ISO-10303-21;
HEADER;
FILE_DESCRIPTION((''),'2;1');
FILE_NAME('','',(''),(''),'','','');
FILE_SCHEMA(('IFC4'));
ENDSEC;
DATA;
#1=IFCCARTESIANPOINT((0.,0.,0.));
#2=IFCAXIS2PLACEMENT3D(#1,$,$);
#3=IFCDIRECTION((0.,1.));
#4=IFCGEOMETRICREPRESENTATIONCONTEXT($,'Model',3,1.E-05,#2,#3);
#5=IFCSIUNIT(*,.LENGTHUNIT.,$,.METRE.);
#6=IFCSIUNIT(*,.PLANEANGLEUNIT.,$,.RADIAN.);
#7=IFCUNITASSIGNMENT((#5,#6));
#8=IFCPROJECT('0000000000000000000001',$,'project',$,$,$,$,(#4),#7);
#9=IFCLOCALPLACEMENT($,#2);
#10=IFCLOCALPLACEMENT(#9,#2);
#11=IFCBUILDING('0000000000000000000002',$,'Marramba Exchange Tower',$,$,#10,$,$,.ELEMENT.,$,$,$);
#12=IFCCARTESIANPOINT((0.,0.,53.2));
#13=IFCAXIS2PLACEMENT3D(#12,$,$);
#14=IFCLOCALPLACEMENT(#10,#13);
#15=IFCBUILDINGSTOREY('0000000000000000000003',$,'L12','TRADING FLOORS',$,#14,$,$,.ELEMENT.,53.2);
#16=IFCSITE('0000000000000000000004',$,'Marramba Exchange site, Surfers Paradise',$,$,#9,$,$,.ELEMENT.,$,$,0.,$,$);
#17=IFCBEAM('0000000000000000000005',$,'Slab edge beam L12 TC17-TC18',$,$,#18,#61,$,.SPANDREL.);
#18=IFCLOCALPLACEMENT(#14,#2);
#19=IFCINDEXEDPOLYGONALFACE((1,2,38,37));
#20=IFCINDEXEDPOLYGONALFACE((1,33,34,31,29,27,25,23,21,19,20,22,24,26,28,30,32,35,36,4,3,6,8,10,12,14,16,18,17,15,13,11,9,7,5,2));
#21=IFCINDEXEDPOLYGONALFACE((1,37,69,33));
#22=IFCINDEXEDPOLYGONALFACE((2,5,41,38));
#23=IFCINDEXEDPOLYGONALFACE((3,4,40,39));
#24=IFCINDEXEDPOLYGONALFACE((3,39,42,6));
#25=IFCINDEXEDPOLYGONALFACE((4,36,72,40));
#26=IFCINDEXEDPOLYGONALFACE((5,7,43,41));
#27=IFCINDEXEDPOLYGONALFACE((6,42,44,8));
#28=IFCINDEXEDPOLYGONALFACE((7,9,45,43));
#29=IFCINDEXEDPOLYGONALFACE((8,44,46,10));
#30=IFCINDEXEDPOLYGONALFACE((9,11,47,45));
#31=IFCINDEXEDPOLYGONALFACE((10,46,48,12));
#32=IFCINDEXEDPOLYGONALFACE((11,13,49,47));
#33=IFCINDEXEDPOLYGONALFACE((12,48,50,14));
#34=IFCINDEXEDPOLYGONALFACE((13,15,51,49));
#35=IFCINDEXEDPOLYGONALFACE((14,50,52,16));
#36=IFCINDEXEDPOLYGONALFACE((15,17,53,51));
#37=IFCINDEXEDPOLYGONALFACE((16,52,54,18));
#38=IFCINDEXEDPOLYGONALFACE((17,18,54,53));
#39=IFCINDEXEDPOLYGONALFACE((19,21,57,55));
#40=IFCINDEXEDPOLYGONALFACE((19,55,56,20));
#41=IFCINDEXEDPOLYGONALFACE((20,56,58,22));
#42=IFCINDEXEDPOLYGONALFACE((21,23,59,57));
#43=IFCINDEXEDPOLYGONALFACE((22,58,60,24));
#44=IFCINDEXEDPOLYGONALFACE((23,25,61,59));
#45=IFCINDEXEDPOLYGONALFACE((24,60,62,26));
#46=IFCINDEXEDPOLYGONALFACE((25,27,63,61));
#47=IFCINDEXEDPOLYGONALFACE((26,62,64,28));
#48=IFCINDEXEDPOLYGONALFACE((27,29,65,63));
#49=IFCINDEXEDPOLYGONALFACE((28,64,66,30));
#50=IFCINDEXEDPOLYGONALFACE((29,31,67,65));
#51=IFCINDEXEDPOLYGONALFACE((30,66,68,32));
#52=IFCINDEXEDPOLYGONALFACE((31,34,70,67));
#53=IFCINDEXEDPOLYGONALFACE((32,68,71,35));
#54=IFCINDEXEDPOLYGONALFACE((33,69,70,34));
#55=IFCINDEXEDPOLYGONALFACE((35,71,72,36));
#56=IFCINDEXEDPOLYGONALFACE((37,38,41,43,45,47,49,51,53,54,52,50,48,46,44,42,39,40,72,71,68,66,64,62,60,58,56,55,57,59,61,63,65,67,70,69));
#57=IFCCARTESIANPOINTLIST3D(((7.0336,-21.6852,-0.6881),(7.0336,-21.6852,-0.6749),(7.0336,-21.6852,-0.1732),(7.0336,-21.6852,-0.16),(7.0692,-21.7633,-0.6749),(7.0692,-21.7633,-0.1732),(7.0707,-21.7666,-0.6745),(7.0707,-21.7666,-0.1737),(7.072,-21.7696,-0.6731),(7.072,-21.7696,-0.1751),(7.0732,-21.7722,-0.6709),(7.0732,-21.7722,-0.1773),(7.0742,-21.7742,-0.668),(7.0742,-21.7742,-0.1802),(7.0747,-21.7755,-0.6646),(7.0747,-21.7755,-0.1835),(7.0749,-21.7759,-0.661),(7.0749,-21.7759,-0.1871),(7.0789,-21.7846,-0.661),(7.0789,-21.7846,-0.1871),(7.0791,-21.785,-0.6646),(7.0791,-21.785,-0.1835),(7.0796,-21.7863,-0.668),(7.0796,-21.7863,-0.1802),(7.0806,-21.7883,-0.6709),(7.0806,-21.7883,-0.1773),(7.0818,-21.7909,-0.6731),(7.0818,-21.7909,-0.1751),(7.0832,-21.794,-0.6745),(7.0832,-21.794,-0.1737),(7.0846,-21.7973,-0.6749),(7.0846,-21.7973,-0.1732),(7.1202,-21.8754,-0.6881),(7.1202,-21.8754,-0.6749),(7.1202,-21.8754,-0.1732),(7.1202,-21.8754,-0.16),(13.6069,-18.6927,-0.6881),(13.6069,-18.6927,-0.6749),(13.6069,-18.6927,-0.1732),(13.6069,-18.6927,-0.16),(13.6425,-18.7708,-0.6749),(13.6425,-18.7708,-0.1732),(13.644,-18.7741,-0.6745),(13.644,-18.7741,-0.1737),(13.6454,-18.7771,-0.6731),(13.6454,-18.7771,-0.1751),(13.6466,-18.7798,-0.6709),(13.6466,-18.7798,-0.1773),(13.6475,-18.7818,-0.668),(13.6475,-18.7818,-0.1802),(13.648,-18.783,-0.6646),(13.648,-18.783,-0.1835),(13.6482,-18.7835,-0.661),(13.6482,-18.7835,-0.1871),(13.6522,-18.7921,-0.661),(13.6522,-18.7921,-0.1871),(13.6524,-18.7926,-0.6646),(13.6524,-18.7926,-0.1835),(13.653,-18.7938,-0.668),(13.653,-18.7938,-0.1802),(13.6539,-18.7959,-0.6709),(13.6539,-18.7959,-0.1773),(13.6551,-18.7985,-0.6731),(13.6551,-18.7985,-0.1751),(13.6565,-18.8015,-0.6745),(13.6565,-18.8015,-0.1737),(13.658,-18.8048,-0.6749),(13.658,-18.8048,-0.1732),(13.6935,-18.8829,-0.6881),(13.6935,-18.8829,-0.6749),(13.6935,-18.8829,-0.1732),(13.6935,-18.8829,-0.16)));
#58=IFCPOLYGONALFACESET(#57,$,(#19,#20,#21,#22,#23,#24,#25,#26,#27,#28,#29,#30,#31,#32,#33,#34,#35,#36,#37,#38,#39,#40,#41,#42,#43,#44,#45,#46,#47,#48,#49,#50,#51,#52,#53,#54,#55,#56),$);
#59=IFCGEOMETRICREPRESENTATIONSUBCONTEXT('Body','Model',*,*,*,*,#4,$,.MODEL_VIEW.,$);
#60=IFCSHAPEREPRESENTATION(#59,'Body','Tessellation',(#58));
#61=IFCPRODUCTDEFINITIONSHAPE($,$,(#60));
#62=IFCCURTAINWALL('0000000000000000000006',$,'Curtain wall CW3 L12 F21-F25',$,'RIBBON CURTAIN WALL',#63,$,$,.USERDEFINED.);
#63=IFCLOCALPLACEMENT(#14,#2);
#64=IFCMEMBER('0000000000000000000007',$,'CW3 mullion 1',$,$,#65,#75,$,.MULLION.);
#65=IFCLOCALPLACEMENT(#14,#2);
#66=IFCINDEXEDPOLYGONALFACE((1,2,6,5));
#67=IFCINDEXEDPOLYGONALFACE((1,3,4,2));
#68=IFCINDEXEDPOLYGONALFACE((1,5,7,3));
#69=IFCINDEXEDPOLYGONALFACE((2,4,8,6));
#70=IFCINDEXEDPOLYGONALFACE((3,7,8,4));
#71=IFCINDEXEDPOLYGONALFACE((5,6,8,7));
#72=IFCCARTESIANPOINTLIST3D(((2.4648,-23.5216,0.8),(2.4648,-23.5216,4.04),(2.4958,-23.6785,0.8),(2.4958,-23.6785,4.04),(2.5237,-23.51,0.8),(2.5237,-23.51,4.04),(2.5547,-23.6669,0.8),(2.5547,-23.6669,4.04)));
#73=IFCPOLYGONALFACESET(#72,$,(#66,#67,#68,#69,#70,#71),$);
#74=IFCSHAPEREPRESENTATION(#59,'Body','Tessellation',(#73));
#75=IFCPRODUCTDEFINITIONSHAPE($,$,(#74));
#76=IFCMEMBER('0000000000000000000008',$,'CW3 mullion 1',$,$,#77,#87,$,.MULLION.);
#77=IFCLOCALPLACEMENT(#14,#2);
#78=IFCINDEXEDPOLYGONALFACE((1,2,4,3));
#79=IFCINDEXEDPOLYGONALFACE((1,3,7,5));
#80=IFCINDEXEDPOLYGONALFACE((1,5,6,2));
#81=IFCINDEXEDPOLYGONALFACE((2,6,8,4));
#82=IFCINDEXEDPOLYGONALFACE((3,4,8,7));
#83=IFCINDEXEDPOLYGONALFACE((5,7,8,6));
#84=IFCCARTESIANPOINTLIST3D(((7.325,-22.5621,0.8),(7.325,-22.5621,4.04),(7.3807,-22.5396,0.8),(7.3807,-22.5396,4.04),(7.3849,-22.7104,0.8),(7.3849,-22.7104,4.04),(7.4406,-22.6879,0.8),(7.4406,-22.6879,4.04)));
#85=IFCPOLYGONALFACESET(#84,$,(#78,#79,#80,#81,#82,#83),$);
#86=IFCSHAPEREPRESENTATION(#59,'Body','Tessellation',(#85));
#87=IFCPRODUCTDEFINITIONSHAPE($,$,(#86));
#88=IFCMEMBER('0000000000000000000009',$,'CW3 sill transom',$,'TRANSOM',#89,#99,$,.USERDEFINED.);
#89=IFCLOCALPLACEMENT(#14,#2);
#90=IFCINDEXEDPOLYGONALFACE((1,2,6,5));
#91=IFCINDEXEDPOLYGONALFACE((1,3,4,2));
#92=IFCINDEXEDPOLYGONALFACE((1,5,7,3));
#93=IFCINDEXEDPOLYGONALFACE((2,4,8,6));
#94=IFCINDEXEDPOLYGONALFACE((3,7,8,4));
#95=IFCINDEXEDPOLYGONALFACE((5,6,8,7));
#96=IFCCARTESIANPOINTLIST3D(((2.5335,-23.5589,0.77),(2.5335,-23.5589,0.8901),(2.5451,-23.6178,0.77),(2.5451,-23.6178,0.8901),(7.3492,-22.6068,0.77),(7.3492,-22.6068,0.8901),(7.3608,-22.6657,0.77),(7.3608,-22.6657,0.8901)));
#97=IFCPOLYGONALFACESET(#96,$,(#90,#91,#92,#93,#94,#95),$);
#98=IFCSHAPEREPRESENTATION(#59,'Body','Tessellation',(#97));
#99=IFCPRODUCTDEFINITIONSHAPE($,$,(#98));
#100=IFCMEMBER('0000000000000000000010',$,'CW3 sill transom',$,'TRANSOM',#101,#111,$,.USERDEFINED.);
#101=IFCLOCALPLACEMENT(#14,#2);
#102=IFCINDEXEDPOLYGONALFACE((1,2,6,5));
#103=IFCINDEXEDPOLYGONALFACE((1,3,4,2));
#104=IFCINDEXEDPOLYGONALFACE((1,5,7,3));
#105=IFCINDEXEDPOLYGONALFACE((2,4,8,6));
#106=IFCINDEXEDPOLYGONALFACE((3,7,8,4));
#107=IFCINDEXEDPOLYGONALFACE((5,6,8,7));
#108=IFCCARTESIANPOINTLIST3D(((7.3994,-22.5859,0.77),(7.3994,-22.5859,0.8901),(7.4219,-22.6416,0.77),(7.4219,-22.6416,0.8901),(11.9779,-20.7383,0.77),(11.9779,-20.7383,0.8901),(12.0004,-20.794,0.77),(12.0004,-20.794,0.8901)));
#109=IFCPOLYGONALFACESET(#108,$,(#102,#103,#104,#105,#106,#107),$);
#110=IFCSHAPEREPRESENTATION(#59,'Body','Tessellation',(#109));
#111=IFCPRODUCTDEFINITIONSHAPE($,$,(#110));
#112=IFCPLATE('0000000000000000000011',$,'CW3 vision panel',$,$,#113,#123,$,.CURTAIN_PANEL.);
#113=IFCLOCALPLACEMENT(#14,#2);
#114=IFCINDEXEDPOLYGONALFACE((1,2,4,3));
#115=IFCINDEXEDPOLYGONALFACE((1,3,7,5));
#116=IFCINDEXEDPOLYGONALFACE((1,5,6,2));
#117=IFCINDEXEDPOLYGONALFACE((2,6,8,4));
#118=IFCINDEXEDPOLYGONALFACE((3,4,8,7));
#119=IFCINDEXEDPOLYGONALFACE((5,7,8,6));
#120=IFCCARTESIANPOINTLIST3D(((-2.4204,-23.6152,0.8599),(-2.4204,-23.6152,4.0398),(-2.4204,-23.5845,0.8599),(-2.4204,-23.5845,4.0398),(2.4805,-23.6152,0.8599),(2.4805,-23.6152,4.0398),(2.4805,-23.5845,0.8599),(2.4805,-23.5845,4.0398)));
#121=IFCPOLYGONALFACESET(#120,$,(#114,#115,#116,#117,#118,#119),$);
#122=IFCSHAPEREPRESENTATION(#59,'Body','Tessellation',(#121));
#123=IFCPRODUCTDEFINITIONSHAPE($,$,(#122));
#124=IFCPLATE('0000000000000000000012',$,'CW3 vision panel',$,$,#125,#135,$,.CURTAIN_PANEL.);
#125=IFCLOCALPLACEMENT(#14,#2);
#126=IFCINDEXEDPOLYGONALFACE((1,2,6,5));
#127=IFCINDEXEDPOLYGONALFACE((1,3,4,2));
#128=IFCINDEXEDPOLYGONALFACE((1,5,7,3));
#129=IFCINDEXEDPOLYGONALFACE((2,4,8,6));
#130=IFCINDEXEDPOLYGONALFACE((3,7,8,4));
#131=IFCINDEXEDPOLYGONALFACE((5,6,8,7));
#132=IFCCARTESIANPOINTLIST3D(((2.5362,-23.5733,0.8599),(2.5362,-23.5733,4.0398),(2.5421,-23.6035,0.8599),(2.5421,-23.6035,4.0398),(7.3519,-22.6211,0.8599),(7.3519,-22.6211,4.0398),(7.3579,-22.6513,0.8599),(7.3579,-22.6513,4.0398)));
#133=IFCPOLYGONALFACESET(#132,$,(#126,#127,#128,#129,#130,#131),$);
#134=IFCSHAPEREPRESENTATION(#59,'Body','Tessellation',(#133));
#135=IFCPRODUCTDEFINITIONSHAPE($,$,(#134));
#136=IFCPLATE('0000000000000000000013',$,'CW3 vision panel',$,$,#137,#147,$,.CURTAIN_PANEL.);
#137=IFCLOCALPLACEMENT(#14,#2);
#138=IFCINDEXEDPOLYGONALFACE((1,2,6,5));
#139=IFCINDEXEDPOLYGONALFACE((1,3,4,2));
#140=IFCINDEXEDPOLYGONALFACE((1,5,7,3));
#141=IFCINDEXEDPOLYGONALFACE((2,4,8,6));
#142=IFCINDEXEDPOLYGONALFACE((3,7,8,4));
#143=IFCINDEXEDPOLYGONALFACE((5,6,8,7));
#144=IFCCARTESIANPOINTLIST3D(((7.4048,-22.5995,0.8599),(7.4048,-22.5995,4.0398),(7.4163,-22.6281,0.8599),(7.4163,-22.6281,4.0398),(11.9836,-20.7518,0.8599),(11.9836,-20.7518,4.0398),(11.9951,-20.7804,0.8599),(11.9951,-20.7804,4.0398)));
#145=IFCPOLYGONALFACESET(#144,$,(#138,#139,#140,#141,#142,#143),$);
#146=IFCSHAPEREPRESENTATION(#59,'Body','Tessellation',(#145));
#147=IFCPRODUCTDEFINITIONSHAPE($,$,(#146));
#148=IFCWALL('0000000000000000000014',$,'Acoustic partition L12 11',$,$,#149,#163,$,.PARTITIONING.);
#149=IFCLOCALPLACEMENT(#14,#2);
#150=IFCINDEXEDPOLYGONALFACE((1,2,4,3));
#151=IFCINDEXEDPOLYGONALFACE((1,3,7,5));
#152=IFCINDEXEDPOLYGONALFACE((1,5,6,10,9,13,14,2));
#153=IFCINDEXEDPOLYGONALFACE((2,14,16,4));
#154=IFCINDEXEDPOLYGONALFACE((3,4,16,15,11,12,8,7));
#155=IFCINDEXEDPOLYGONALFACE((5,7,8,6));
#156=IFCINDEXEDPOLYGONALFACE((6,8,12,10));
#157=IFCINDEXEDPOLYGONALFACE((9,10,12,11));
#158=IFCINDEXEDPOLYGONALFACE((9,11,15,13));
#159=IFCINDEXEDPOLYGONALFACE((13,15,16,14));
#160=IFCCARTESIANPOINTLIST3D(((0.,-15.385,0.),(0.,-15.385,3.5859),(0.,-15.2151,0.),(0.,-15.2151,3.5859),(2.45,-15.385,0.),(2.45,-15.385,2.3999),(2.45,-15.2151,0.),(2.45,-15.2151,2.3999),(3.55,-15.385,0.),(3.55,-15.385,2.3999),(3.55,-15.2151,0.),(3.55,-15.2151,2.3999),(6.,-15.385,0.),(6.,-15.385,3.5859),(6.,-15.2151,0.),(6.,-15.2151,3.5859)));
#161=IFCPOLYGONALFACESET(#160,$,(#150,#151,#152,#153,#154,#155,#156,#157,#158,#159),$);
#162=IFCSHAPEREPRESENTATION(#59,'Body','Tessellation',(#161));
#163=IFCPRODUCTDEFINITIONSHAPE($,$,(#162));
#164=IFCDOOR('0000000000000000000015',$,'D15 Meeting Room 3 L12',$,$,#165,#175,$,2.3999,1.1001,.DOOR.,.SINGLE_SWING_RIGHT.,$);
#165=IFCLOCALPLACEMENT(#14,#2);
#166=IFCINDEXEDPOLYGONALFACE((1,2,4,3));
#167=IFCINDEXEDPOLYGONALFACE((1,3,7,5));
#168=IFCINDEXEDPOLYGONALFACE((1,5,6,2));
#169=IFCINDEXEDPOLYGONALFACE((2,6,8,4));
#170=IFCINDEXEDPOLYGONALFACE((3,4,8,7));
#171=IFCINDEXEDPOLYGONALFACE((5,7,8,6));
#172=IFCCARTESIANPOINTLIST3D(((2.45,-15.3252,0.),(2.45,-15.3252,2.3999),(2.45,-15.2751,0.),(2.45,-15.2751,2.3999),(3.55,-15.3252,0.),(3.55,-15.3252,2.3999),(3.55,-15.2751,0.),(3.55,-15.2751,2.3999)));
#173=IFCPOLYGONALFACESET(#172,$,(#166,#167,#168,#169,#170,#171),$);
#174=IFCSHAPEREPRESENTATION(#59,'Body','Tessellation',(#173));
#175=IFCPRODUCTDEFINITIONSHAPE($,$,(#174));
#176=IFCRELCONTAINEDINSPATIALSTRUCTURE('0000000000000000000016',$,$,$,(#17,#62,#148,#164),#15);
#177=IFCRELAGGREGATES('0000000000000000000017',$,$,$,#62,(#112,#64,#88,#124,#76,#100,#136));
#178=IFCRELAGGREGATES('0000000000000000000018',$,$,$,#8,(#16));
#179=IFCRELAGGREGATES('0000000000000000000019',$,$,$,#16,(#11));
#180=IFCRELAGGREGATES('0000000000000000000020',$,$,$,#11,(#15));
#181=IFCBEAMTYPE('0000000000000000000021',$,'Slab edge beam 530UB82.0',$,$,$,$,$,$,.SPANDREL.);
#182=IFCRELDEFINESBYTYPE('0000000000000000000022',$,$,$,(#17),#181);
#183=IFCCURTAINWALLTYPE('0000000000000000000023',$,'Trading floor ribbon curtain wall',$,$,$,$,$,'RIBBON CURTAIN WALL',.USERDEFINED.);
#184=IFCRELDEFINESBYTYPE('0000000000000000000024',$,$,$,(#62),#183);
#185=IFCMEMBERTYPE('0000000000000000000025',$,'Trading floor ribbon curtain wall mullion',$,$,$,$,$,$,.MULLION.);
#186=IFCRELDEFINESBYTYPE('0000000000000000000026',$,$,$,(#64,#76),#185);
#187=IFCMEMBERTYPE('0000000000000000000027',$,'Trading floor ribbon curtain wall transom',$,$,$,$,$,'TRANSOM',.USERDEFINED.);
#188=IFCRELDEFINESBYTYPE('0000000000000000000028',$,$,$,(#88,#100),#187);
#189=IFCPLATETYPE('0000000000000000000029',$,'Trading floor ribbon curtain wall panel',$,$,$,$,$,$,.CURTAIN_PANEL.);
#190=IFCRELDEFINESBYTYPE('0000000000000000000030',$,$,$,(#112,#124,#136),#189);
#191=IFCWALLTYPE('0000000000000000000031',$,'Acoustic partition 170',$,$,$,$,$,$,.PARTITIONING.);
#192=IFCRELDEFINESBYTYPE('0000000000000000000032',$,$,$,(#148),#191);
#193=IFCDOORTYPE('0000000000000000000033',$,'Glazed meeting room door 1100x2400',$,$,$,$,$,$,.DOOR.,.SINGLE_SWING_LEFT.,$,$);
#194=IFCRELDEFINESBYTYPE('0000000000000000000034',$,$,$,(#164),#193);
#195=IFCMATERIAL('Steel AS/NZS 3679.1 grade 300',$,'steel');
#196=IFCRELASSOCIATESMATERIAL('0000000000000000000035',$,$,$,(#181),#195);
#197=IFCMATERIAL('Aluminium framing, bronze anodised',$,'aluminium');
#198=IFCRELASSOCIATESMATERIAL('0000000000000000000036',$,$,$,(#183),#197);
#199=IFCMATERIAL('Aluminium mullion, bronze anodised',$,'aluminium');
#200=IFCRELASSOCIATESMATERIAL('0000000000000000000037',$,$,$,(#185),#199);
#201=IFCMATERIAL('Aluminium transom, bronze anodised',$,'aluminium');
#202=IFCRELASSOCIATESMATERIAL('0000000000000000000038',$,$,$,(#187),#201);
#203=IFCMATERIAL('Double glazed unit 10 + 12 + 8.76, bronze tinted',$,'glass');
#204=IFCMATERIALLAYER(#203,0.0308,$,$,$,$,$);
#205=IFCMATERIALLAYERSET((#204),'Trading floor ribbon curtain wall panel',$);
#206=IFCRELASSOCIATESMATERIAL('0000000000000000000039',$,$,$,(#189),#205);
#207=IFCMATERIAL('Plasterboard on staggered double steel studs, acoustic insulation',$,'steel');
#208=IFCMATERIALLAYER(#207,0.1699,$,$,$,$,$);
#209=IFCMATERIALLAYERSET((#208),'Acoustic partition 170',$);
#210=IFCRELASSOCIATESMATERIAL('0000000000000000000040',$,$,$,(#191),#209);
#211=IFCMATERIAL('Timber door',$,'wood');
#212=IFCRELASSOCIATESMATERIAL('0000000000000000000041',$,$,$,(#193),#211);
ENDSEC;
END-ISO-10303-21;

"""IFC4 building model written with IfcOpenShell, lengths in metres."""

from ifc_helpers import new_model, si_unit, direction, frame, frame_2d, origin, origin_2d, place, context, subcontext, project, spatial, rectangle, i_section, extrude, material, layer, layer_set, material_profile, profile_set, type_object, element, fill, aggregate, save


model = new_model("IFC4")

# Units and contexts
model_context = context("Model", 3, precision=1e-05, world=origin(), true_north=direction((0.0, 1.0)))
body_context = subcontext(model_context, "Body", "Model", "MODEL_VIEW")
ifc_project = project(units=[si_unit("LENGTHUNIT", "METRE"), si_unit("PLANEANGLEUNIT", "RADIAN")], contexts=[model_context])

# Site, building, storey
site_placement = place(None, origin())
site = spatial("IfcSite", under=ifc_project, at=site_placement, Name="Marramba Exchange site, Surfers Paradise", CompositionType="ELEMENT", RefElevation=0.0)
building_placement = place(site_placement, origin())
building = spatial("IfcBuilding", under=site, at=building_placement, Name="Marramba Exchange Tower", CompositionType="ELEMENT")
storey_placement = place(building_placement, frame((0.0, 0.0, 53.2)))
storey = spatial("IfcBuildingStorey", under=building, at=storey_placement, Name="L12", Description="TRADING FLOORS", CompositionType="ELEMENT", Elevation=53.2)

# Beam
ifc_material_1 = material(Name="Steel AS/NZS 3679.1 grade 300", Category="steel")
ifc_material_profile_1 = material_profile(ifc_material_1, i_section(OverallWidth=0.209, OverallDepth=0.5281, WebThickness=0.0095, FlangeThickness=0.0132, FilletRadius=0.0139, at=origin_2d()), Name="530UB82.0")
ifc_profile_set_1 = profile_set([ifc_material_profile_1], Name="Steel AS/NZS 3679.1 grade 300")
beam_type_1 = type_object("IfcBeamType", Name="Slab edge beam 530UB82.0", PredefinedType="SPANDREL", material=ifc_profile_set_1)
beam_1_placement = place(storey_placement, frame((7.0769, -21.7803, -0.4241), z_axis=(0.910127, 0.41433, 0.0), x_axis=(-0.41433, 0.910127, 0.0)))
element("IfcBeam", 1, at=beam_1_placement, inside=storey, type_object=beam_type_1, Name="Slab edge beam L12 TC17-TC18", PredefinedType="SPANDREL", context=body_context, shape_type="SweptSolid", body=[
    extrude(i_section(OverallWidth=0.209, OverallDepth=0.5281, WebThickness=0.0095, FlangeThickness=0.0132, FilletRadius=0.0139, at=origin_2d()), origin(), (0.0, 0.0, 1.0), 7.2224),
])

# Curtain wall, members, plates
ifc_material_2 = material(Name="Aluminium framing, bronze anodised", Category="aluminium")
curtain_wall_type = type_object("IfcCurtainWallType", Name="Trading floor ribbon curtain wall", ElementType="RIBBON CURTAIN WALL", PredefinedType="USERDEFINED", material=ifc_material_2)
curtain_wall_placement = place(storey_placement, origin())
curtain_wall = element("IfcCurtainWall", 2, at=curtain_wall_placement, inside=storey, type_object=curtain_wall_type, Name="Curtain wall CW3 L12 F21-F25", ObjectType="RIBBON CURTAIN WALL", PredefinedType="USERDEFINED")
ifc_material_3 = material(Name="Aluminium mullion, bronze anodised", Category="aluminium")
ifc_material_profile_2 = material_profile(ifc_material_3, rectangle(XDim=0.1599, YDim=0.0601, at=origin_2d()), Name="CW3 mullion 60x160")
ifc_profile_set_2 = profile_set([ifc_material_profile_2], Name="Aluminium mullion, bronze anodised")
member_type_1 = type_object("IfcMemberType", Name="Trading floor ribbon curtain wall mullion", PredefinedType="MULLION", material=ifc_profile_set_2)
member_1_placement = place(storey_placement, frame((2.5098, -23.5942, 0.8), z_axis=(0.0, 0.0, 1.0), x_axis=(-0.193961, 0.981009, 0.0)))
member_1 = element("IfcMember", 3, at=member_1_placement, type_object=member_type_1, Name="CW3 mullion 1", PredefinedType="MULLION", context=body_context, shape_type="SweptSolid", body=[
    extrude(rectangle(XDim=0.1599, YDim=0.0601, at=origin_2d()), origin(), (0.0, 0.0, 1.0), 3.24),
])
member_2_placement = place(storey_placement, frame((7.3828, -22.625, 0.8), z_axis=(0.0, 0.0, 1.0), x_axis=(-0.374218, 0.927341, 0.0)))
member_2 = element("IfcMember", 4, at=member_2_placement, type_object=member_type_1, Name="CW3 mullion 1", PredefinedType="MULLION", context=body_context, shape_type="SweptSolid", body=[
    extrude(rectangle(XDim=0.1599, YDim=0.0601, at=origin_2d()), origin(), (0.0, 0.0, 1.0), 3.24),
])
ifc_material_4 = material(Name="Aluminium transom, bronze anodised", Category="aluminium")
ifc_material_profile_3 = material_profile(ifc_material_4, rectangle(XDim=0.0601, YDim=0.1201, at=origin_2d()), Name="CW3 transom 60x120")
ifc_profile_set_3 = profile_set([ifc_material_profile_3], Name="Aluminium transom, bronze anodised")
member_type_2 = type_object("IfcMemberType", Name="Trading floor ribbon curtain wall transom", ElementType="TRANSOM", PredefinedType="USERDEFINED", material=ifc_profile_set_3)
member_3_placement = place(storey_placement, frame((2.5393, -23.5884, 0.8301), z_axis=(0.981009, 0.193964, 0.0), x_axis=(-0.193964, 0.981009, 0.0)))
member_3 = element("IfcMember", 5, at=member_3_placement, type_object=member_type_2, Name="CW3 sill transom", ObjectType="TRANSOM", PredefinedType="USERDEFINED", context=body_context, shape_type="SweptSolid", body=[
    extrude(rectangle(XDim=0.0601, YDim=0.1201, at=origin_2d()), origin(), (0.0, 0.0, 1.0), 4.9089),
])
member_4_placement = place(storey_placement, frame((7.4106, -22.6138, 0.8301), z_axis=(0.92734, 0.374219, 0.0), x_axis=(-0.374219, 0.92734, 0.0)))
member_4 = element("IfcMember", 6, at=member_4_placement, type_object=member_type_2, Name="CW3 sill transom", ObjectType="TRANSOM", PredefinedType="USERDEFINED", context=body_context, shape_type="SweptSolid", body=[
    extrude(rectangle(XDim=0.0601, YDim=0.1201, at=origin_2d()), origin(), (0.0, 0.0, 1.0), 4.9373),
])
ifc_material_5 = material(Name="Double glazed unit 10 + 12 + 8.76, bronze tinted", Category="glass")
ifc_layer_1 = layer(ifc_material_5, 0.0308)
ifc_layer_set_1 = layer_set([ifc_layer_1], Name="Trading floor ribbon curtain wall panel")
plate_type = type_object("IfcPlateType", Name="Trading floor ribbon curtain wall panel", PredefinedType="CURTAIN_PANEL", material=ifc_layer_set_1)
plate_1_placement = place(storey_placement, frame((0.03, -23.5999, 0.8599), z_axis=(0.0, 0.0, 1.0), x_axis=(1.0, 0.0, 0.0)))
plate_1 = element("IfcPlate", 7, at=plate_1_placement, type_object=plate_type, Name="CW3 vision panel", PredefinedType="CURTAIN_PANEL", context=body_context, shape_type="SweptSolid", body=[
    extrude(rectangle(XDim=4.9009, YDim=0.0308, at=origin_2d()), origin(), (0.0, 0.0, 1.0), 3.1799),
])
plate_2_placement = place(storey_placement, frame((4.947, -23.1123, 0.8599), z_axis=(0.0, 0.0, 1.0), x_axis=(0.981009, 0.193961, 0.0)))
plate_2 = element("IfcPlate", 8, at=plate_2_placement, type_object=plate_type, Name="CW3 vision panel", PredefinedType="CURTAIN_PANEL", context=body_context, shape_type="SweptSolid", body=[
    extrude(rectangle(XDim=4.9089, YDim=0.0308, at=origin_2d()), origin(), (0.0, 0.0, 1.0), 3.1799),
])
plate_3_placement = place(storey_placement, frame((9.7, -21.6899, 0.8599), z_axis=(0.0, 0.0, 1.0), x_axis=(0.927341, 0.374218, 0.0)))
plate_3 = element("IfcPlate", 9, at=plate_3_placement, type_object=plate_type, Name="CW3 vision panel", PredefinedType="CURTAIN_PANEL", context=body_context, shape_type="SweptSolid", body=[
    extrude(rectangle(XDim=4.9375, YDim=0.0308, at=origin_2d()), origin(), (0.0, 0.0, 1.0), 3.1799),
])
aggregate(curtain_wall, [plate_1, member_1, member_3, plate_2, member_2, member_4, plate_3])

# Wall, opening, door
ifc_material_6 = material(Name="Plasterboard on staggered double steel studs, acoustic insulation", Category="steel")
ifc_layer_2 = layer(ifc_material_6, 0.1699)
ifc_layer_set_2 = layer_set([ifc_layer_2], Name="Acoustic partition 170")
wall_type_1 = type_object("IfcWallType", Name="Acoustic partition 170", PredefinedType="PARTITIONING", material=ifc_layer_set_2)
wall_1_placement = place(storey_placement, frame((0.0, -15.3, 0.0), z_axis=(0.0, 0.0, 1.0), x_axis=(1.0, 0.0, 0.0)))
wall_1 = element("IfcWall", 10, at=wall_1_placement, inside=storey, type_object=wall_type_1, Name="Acoustic partition L12 11", PredefinedType="PARTITIONING", context=body_context, shape_type="SweptSolid", body=[
    extrude(rectangle(XDim=6.0, YDim=0.1699, at=frame_2d((3.0, 0.0))), origin(), (0.0, 0.0, 1.0), 3.5859),
])
opening_placement = place(wall_1_placement, frame((2.45, 0.0, 0.0)))
opening = element("IfcOpeningElement", 11, at=opening_placement, cuts=wall_1, PredefinedType="OPENING", context=body_context, shape_type="SweptSolid", body=[
    extrude(rectangle(XDim=1.1001, YDim=2.3999, at=frame_2d((0.55, 1.2))), frame((0.0, 0.095, 0.0), z_axis=(0.0, -1.0, 0.0), x_axis=(1.0, 0.0, 0.0)), (0.0, 0.0, 1.0), 0.1899),
])
ifc_material_7 = material(Name="Timber door", Category="wood")
door_type = type_object("IfcDoorType", Name="Glazed meeting room door 1100x2400", OperationType="SINGLE_SWING_LEFT", PredefinedType="DOOR", material=ifc_material_7)
door_placement = place(opening_placement, origin())
door = element("IfcDoor", 12, at=door_placement, inside=storey, type_object=door_type, Name="D15 Meeting Room 3 L12", OperationType="SINGLE_SWING_RIGHT", OverallHeight=2.3999, OverallWidth=1.1001, PredefinedType="DOOR", context=body_context, shape_type="SweptSolid", body=[
    extrude(rectangle(XDim=1.1001, YDim=2.3999, at=frame_2d((0.55, 1.2))), frame((0.0, 0.0249, 0.0), z_axis=(0.0, -1.0, 0.0), x_axis=(1.0, 0.0, 0.0)), (0.0, 0.0, 1.0), 0.05),
])
fill(opening, door)

save(model, "model.ifc")
